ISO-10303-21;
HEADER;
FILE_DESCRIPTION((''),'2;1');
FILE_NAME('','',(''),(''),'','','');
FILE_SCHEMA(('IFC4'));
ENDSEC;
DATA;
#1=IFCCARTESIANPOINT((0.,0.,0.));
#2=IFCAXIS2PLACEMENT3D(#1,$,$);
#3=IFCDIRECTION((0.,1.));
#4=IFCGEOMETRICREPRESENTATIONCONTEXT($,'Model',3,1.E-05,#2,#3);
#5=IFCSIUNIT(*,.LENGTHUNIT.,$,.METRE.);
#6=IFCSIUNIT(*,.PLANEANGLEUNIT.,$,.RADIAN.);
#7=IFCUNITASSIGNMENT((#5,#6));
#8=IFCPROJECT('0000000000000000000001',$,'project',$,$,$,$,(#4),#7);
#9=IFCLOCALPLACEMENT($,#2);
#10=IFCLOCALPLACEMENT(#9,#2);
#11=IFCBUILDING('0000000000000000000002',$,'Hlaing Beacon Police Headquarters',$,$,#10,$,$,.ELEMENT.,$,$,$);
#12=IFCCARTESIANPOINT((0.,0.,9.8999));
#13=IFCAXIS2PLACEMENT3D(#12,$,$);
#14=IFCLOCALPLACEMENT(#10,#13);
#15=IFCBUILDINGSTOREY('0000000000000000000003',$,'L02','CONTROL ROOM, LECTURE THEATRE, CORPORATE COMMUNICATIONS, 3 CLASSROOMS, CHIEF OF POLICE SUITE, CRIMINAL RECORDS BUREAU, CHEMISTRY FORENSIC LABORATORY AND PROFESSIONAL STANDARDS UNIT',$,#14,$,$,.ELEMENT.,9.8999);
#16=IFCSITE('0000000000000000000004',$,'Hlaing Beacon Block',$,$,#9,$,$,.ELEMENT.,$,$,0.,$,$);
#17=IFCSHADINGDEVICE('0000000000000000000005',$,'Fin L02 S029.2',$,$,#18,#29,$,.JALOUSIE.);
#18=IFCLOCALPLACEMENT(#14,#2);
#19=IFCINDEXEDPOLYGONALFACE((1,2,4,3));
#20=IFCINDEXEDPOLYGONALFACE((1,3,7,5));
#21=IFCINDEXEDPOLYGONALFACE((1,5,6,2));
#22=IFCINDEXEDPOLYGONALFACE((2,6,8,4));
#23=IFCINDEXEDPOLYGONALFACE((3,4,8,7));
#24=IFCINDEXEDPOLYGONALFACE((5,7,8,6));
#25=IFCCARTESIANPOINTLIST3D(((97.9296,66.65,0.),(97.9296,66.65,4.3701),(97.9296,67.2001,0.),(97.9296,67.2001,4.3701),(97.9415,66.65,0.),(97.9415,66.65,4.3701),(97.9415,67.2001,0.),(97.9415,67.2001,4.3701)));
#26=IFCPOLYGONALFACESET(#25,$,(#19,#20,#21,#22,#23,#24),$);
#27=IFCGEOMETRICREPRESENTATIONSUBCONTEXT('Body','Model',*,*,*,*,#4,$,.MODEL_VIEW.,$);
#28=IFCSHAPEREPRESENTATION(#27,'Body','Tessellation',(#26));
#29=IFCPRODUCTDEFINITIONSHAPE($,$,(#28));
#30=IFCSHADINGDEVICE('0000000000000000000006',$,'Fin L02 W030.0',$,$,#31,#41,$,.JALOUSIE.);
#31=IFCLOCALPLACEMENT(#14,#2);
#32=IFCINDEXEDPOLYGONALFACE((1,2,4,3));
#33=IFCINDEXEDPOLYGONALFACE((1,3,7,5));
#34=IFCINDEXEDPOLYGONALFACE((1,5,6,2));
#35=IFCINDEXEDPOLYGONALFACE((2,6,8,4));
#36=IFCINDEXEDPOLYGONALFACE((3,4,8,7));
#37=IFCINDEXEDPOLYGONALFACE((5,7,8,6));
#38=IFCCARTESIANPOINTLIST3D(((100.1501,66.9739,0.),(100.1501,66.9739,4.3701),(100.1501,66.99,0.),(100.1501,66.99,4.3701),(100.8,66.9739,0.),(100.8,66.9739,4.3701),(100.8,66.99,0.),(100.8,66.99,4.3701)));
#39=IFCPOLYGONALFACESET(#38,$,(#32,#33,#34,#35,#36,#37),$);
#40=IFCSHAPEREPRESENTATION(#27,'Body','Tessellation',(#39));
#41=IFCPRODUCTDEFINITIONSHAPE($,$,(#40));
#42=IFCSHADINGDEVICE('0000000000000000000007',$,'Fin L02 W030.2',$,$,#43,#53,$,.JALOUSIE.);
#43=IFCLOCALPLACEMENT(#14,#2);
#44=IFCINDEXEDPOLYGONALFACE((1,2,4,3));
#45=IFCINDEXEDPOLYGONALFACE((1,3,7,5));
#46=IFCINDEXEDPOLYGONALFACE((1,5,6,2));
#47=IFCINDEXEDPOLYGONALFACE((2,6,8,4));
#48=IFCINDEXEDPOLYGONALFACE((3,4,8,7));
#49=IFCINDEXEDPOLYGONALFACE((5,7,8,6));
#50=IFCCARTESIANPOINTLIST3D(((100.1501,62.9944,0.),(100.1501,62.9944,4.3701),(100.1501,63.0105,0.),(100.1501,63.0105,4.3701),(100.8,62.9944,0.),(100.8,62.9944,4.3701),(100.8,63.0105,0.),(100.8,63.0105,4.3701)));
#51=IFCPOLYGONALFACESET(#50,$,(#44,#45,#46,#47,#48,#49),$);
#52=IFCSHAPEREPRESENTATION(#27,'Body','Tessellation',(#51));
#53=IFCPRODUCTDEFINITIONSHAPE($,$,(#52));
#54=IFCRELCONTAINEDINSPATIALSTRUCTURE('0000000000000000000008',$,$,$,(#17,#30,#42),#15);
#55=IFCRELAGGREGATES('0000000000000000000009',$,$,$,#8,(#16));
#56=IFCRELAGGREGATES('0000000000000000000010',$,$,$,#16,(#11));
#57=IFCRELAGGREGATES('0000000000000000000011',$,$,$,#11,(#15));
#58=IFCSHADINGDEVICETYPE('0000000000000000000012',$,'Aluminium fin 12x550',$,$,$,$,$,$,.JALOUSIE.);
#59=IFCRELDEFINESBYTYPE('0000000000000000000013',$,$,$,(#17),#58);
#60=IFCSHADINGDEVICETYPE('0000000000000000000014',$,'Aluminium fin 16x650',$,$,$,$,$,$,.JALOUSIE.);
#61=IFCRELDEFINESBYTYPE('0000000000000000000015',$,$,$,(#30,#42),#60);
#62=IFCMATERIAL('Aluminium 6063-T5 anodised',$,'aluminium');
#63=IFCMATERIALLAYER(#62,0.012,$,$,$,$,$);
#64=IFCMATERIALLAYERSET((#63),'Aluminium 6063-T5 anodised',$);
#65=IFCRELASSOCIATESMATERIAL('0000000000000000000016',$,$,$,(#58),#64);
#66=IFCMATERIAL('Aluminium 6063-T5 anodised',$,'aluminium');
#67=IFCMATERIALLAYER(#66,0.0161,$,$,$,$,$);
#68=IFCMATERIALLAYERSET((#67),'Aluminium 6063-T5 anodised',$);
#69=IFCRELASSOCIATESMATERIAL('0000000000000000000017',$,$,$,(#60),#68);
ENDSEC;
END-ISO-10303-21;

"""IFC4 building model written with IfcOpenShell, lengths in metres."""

from ifc_helpers import new_model, si_unit, direction, frame, origin, origin_2d, place, context, subcontext, project, spatial, rectangle, extrude, material, layer, layer_set, type_object, element, save


model = new_model("IFC4")

# Units and contexts
model_context = context("Model", 3, precision=1e-05, world=origin(), true_north=direction((0.0, 1.0)))
body_context = subcontext(model_context, "Body", "Model", "MODEL_VIEW")
ifc_project = project(units=[si_unit("LENGTHUNIT", "METRE"), si_unit("PLANEANGLEUNIT", "RADIAN")], contexts=[model_context])

# Site, building, storey
site_placement = place(None, origin())
site = spatial("IfcSite", under=ifc_project, at=site_placement, Name="Hlaing Beacon Block", CompositionType="ELEMENT", RefElevation=0.0)
building_placement = place(site_placement, origin())
building = spatial("IfcBuilding", under=site, at=building_placement, Name="Hlaing Beacon Police Headquarters", CompositionType="ELEMENT")
storey_placement = place(building_placement, frame((0.0, 0.0, 9.8999)))
storey = spatial("IfcBuildingStorey", under=building, at=storey_placement, Name="L02", Description="CONTROL ROOM, LECTURE THEATRE, CORPORATE COMMUNICATIONS, 3 CLASSROOMS, CHIEF OF POLICE SUITE, CRIMINAL RECORDS BUREAU, CHEMISTRY FORENSIC LABORATORY AND PROFESSIONAL STANDARDS UNIT", CompositionType="ELEMENT", Elevation=9.8999)

# Shading devices
ifc_material_1 = material(Name="Aluminium 6063-T5 anodised", Category="aluminium")
ifc_layer_1 = layer(ifc_material_1, 0.012)
ifc_layer_set_1 = layer_set([ifc_layer_1], Name="Aluminium 6063-T5 anodised")
shading_device_type_1 = type_object("IfcShadingDeviceType", Name="Aluminium fin 12x550", PredefinedType="JALOUSIE", material=ifc_layer_set_1)
shading_device_placement = place(storey_placement, frame((97.9355, 66.925, 0.0), z_axis=(0.0, 0.0, 1.0), x_axis=(1.0, 0.0, 0.0)))
element("IfcShadingDevice", 1, at=shading_device_placement, inside=storey, type_object=shading_device_type_1, Name="Fin L02 S029.2", PredefinedType="JALOUSIE", context=body_context, shape_type="SweptSolid", body=[
    extrude(rectangle(XDim=0.012, YDim=0.55, at=origin_2d()), origin(), (0.0, 0.0, 1.0), 4.3701),
])
ifc_material_2 = material(Name="Aluminium 6063-T5 anodised", Category="aluminium")
ifc_layer_2 = layer(ifc_material_2, 0.0161)
ifc_layer_set_2 = layer_set([ifc_layer_2], Name="Aluminium 6063-T5 anodised")
shading_device_type_2 = type_object("IfcShadingDeviceType", Name="Aluminium fin 16x650", PredefinedType="JALOUSIE", material=ifc_layer_set_2)
for number, where, z_axis, x_axis, name in (
    (2, (100.4751, 66.9819, 0.0), (0.0, 0.0, 1.0), (0.0, -1.0, 0.0), "Fin L02 W030.0"),
    (3, (100.4751, 63.0024, 0.0), (0.0, 0.0, 1.0), (0.0, -1.0, 0.0), "Fin L02 W030.2"),
):
    element("IfcShadingDevice", number, at=place(storey_placement, frame(where, z_axis=z_axis, x_axis=x_axis)), inside=storey, type_object=shading_device_type_2, Name=name, PredefinedType="JALOUSIE", context=body_context, shape_type="SweptSolid", body=[
        extrude(rectangle(XDim=0.0161, YDim=0.6499, at=origin_2d()), origin(), (0.0, 0.0, 1.0), 4.3701),
    ])

save(model, "model.ifc")
